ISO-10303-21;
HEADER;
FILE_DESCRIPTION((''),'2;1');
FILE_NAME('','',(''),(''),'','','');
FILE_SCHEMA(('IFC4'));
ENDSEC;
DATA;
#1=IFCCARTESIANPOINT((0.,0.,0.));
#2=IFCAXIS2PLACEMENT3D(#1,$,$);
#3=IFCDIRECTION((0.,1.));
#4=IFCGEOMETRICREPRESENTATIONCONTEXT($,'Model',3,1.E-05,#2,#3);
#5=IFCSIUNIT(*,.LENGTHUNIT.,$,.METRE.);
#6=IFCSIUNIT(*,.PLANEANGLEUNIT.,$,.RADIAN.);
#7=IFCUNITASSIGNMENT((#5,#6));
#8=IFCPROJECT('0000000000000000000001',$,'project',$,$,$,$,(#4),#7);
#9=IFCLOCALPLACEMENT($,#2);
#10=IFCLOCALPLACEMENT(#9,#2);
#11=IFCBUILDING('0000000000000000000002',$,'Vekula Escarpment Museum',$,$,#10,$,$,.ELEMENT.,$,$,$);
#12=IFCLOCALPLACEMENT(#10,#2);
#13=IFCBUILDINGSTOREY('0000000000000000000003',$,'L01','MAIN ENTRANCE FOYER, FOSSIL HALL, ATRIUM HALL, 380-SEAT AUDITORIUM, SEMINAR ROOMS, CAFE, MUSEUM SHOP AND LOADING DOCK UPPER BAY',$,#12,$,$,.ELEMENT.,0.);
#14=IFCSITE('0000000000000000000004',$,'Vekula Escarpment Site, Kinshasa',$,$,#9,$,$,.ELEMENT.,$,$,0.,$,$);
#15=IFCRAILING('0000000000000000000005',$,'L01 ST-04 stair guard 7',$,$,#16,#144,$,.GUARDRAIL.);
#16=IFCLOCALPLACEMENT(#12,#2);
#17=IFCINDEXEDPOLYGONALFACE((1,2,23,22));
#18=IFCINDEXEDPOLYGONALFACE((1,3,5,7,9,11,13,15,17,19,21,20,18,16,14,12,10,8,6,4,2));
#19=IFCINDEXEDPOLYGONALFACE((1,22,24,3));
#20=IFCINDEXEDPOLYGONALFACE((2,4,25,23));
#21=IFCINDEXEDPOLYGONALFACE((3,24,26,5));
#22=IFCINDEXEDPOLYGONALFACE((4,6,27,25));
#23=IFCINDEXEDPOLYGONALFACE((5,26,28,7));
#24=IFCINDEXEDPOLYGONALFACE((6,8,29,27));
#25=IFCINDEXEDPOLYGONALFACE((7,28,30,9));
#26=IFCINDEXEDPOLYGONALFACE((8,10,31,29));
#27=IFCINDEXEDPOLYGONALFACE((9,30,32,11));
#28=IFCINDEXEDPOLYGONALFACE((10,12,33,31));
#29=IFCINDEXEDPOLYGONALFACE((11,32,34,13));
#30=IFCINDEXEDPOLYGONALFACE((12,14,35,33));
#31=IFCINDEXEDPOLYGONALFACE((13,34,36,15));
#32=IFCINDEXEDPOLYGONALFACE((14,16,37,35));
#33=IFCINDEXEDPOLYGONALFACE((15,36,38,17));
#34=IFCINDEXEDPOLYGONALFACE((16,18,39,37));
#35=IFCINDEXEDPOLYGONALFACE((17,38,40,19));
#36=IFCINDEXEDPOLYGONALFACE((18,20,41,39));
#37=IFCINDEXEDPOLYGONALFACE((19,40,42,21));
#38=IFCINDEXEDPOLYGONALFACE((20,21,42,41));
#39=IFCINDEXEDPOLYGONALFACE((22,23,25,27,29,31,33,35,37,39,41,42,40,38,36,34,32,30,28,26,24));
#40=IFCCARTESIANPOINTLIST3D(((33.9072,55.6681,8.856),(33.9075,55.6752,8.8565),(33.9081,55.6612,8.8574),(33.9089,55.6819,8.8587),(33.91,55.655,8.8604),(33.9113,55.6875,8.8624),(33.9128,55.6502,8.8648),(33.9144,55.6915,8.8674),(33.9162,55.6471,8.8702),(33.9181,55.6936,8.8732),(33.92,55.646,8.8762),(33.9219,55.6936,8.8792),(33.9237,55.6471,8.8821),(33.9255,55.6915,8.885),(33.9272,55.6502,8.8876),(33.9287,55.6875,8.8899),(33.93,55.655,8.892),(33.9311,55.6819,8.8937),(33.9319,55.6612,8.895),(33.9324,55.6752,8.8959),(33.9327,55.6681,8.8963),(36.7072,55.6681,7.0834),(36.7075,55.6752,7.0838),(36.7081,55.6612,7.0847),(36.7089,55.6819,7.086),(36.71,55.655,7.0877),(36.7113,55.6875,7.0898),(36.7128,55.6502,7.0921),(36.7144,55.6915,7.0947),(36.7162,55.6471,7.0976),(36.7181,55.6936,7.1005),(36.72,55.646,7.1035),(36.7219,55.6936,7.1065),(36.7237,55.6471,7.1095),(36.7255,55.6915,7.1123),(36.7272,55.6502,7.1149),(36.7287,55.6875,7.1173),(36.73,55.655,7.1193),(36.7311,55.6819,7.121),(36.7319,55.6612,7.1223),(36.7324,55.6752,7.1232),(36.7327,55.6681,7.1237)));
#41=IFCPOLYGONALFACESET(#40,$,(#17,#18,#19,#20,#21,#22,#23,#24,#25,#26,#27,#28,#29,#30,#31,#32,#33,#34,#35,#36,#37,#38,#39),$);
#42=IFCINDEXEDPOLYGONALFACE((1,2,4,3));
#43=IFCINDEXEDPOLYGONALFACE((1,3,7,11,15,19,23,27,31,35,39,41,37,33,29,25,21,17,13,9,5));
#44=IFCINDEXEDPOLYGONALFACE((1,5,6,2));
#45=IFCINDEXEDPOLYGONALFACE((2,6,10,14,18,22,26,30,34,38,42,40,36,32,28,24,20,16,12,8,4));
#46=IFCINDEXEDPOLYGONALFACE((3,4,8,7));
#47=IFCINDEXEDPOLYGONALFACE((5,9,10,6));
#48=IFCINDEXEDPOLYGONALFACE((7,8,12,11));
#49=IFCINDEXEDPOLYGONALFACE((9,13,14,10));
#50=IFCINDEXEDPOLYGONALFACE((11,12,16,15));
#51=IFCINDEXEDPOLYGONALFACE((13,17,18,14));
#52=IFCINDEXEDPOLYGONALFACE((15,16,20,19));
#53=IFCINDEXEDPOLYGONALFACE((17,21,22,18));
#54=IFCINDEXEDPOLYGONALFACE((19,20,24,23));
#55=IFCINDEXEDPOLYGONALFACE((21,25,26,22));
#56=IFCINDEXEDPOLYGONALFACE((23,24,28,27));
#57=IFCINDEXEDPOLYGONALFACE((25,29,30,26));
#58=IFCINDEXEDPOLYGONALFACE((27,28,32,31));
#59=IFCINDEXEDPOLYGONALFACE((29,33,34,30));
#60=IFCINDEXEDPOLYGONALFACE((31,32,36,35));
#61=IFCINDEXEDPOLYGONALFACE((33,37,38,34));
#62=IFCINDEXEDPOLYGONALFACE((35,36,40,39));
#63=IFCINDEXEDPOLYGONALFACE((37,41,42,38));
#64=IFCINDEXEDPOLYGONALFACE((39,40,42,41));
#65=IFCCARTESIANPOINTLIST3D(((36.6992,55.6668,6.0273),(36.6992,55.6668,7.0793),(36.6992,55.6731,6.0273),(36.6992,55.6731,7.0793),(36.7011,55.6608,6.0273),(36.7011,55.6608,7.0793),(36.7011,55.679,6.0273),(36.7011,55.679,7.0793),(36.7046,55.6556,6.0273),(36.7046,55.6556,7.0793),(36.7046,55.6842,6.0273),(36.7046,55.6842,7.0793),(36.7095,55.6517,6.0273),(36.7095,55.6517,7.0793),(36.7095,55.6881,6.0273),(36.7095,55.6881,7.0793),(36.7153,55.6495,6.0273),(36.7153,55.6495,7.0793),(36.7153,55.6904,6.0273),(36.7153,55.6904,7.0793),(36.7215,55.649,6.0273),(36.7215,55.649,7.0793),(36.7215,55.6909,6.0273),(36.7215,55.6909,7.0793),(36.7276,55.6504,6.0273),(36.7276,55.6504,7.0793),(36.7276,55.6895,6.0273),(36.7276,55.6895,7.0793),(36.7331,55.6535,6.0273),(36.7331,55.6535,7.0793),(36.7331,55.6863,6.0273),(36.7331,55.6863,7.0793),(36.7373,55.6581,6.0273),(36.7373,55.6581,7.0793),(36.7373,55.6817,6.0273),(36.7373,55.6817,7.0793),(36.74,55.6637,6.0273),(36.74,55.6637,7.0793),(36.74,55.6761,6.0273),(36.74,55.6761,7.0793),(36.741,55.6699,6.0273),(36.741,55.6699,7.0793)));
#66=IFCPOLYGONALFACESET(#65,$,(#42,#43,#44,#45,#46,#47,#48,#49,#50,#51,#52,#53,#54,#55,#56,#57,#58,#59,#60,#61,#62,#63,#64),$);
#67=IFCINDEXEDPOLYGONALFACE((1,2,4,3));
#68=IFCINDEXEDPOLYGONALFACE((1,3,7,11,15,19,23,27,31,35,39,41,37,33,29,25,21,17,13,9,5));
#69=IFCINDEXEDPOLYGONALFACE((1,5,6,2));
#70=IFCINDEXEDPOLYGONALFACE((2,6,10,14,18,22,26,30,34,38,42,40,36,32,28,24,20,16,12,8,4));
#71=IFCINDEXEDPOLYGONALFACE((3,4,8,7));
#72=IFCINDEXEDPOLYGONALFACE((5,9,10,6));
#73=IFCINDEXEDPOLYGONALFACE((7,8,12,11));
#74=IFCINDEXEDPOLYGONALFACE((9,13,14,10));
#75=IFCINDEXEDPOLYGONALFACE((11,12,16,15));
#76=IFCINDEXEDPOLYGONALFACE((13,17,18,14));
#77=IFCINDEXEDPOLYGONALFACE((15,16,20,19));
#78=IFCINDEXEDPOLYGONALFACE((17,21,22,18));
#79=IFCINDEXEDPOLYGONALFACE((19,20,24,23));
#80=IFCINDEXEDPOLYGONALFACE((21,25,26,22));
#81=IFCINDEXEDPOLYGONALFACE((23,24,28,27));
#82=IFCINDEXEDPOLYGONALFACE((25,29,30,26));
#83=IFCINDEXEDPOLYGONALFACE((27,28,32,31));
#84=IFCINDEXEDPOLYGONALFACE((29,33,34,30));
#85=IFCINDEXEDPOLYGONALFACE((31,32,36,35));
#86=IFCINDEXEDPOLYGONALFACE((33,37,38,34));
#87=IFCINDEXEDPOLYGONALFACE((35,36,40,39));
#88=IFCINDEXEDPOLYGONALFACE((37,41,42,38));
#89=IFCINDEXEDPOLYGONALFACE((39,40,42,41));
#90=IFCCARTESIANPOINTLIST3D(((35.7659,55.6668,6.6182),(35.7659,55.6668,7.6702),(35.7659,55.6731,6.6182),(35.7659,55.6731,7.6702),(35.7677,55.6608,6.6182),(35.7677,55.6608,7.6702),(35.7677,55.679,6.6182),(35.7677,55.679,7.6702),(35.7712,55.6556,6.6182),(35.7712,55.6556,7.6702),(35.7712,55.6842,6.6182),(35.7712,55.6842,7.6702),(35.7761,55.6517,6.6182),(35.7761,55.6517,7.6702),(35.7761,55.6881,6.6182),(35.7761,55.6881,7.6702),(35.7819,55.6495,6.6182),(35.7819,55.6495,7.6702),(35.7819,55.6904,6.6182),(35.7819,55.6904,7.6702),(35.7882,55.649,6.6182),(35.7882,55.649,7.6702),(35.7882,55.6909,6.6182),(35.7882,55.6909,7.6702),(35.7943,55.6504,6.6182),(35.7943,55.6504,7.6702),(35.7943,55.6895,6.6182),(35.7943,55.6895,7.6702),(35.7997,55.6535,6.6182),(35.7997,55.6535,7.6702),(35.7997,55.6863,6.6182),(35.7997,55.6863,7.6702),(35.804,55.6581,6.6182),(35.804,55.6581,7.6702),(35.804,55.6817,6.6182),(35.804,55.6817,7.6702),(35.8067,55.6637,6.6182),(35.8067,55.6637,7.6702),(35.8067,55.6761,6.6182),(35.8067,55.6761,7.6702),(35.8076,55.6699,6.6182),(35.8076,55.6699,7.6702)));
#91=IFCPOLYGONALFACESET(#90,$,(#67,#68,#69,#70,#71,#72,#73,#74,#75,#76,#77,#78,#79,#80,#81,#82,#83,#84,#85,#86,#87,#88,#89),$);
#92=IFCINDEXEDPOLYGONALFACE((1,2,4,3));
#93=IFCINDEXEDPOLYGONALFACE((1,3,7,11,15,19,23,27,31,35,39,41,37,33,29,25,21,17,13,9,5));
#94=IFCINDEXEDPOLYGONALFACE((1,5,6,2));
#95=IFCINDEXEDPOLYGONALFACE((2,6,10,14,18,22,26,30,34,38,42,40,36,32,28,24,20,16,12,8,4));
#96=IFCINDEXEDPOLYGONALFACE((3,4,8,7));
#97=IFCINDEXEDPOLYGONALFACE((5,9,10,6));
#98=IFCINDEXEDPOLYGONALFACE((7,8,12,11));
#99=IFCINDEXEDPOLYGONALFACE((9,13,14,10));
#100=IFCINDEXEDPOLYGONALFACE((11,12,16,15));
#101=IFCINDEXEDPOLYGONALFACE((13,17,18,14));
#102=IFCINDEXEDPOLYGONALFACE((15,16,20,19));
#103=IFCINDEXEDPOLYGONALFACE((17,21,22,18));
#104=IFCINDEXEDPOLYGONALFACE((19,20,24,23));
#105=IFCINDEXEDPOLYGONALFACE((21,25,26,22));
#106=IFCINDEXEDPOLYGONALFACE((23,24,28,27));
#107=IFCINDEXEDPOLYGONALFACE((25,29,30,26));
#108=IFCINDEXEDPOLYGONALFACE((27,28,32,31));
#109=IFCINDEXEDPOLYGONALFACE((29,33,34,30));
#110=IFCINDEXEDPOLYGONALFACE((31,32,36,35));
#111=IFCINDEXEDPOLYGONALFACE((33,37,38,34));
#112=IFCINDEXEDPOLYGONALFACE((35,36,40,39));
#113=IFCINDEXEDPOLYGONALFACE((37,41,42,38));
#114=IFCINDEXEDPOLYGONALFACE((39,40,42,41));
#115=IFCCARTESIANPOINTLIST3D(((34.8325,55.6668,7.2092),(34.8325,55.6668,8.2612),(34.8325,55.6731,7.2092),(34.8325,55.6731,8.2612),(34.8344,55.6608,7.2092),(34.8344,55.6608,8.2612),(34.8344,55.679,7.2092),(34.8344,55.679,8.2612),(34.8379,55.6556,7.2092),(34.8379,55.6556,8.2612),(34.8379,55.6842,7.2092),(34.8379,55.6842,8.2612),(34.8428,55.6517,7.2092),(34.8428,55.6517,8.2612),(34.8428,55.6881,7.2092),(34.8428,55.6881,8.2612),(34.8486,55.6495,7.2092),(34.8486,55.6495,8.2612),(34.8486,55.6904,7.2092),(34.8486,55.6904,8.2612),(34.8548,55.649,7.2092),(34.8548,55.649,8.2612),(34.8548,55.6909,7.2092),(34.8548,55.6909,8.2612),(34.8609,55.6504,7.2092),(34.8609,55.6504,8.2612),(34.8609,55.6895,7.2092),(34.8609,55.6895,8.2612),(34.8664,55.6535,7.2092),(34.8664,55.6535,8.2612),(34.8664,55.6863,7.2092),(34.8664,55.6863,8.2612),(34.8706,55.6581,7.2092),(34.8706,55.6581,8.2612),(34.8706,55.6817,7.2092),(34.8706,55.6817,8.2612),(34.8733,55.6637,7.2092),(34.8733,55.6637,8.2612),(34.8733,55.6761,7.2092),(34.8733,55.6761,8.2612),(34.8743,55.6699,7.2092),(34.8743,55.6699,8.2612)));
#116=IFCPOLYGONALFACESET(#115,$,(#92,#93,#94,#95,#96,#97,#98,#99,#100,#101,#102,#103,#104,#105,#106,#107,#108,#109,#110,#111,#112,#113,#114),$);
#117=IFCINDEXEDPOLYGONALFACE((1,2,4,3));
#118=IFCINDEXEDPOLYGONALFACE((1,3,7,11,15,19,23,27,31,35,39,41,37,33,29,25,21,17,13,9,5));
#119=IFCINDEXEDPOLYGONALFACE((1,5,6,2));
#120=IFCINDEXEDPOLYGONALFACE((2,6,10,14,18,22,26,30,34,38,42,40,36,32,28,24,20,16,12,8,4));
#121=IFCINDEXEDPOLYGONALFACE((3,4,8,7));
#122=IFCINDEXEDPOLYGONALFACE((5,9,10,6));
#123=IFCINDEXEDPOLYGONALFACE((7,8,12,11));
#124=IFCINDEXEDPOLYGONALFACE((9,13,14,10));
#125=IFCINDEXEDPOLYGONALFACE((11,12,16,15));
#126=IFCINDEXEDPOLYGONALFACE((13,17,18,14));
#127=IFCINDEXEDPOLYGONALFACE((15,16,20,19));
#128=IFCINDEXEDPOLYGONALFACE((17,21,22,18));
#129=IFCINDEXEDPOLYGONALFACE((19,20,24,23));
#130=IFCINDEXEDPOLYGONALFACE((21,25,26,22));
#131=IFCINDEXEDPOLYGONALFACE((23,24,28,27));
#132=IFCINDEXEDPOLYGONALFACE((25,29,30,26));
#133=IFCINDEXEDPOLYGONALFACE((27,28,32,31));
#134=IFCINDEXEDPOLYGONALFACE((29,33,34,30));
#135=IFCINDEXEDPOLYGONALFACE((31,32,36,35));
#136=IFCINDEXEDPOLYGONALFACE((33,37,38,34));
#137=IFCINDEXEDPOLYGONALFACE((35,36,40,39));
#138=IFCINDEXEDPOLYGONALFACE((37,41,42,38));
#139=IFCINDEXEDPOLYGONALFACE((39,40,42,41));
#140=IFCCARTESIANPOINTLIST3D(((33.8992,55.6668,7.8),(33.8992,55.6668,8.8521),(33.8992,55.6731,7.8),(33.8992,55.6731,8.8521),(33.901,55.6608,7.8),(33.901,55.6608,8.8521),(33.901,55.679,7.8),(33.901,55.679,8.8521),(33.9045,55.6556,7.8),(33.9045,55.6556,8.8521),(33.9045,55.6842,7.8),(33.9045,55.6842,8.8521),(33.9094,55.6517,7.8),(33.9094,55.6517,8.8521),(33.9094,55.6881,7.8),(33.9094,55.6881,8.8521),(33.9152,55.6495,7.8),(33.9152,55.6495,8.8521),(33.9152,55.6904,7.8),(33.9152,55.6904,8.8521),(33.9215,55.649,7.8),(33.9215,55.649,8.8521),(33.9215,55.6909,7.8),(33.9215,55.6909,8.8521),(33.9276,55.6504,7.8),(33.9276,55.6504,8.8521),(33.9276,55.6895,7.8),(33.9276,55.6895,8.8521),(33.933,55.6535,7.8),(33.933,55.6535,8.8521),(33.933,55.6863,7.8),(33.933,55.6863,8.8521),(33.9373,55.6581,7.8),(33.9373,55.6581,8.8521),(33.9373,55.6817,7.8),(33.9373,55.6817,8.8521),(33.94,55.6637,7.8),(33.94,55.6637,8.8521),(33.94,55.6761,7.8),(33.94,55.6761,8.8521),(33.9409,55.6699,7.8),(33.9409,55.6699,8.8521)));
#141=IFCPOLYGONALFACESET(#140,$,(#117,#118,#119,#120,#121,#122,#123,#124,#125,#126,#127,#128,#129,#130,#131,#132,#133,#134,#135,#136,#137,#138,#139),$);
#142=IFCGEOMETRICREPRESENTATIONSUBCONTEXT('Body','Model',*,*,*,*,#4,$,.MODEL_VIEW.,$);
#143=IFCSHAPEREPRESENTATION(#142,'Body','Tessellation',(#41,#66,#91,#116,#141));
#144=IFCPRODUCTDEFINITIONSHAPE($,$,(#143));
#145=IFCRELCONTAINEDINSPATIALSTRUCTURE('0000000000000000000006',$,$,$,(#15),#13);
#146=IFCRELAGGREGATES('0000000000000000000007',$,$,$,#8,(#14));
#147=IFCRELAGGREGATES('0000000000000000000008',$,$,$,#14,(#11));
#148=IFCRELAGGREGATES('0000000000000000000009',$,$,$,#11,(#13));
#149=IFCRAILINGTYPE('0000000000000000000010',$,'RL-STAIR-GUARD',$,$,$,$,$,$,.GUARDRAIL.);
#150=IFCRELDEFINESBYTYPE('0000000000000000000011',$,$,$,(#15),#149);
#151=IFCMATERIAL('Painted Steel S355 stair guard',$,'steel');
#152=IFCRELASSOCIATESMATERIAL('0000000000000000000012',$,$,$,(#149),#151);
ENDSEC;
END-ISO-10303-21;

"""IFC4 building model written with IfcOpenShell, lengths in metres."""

from ifc_helpers import new_model, si_unit, direction, frame, origin, origin_2d, place, context, subcontext, project, spatial, circle, extrude, material, type_object, element, save


model = new_model("IFC4")

# Units and contexts
model_context = context("Model", 3, precision=1e-05, world=origin(), true_north=direction((0.0, 1.0)))
body_context = subcontext(model_context, "Body", "Model", "MODEL_VIEW")
ifc_project = project(units=[si_unit("LENGTHUNIT", "METRE"), si_unit("PLANEANGLEUNIT", "RADIAN")], contexts=[model_context])

# Site, building, storey
site_placement = place(None, origin())
site = spatial("IfcSite", under=ifc_project, at=site_placement, Name="Vekula Escarpment Site, Kinshasa", CompositionType="ELEMENT", RefElevation=0.0)
building_placement = place(site_placement, origin())
building = spatial("IfcBuilding", under=site, at=building_placement, Name="Vekula Escarpment Museum", CompositionType="ELEMENT")
storey_placement = place(building_placement, origin())
storey = spatial("IfcBuildingStorey", under=building, at=storey_placement, Name="L01", Description="MAIN ENTRANCE FOYER, FOSSIL HALL, ATRIUM HALL, 380-SEAT AUDITORIUM, SEMINAR ROOMS, CAFE, MUSEUM SHOP AND LOADING DOCK UPPER BAY", CompositionType="ELEMENT", Elevation=0.0)

# Railing
ifc_material_1 = material(Name="Painted Steel S355 stair guard", Category="steel")
railing_type_1 = type_object("IfcRailingType", Name="RL-STAIR-GUARD", PredefinedType="GUARDRAIL", material=ifc_material_1)
railing_1_placement = place(storey_placement, frame((36.72, 55.6699, 6.0273)))
element("IfcRailing", 1, at=railing_1_placement, inside=storey, type_object=railing_type_1, Name="L01 ST-04 stair guard 7", PredefinedType="GUARDRAIL", context=body_context, shape_type="SweptSolid", body=[
    extrude(circle(Radius=0.0239, at=origin_2d()), frame((0.0, 0.0, 1.0762), z_axis=(-0.844909, 0.0, 0.53491), x_axis=(0.0, -1.0, 0.0)), (0.0, 0.0, 1.0), 3.314),
    extrude(circle(Radius=0.021, at=origin_2d()), origin(), (0.0, 0.0, 1.0), 1.052),
    extrude(circle(Radius=0.021, at=origin_2d()), frame((-0.9333, 0.0, 0.5908)), (0.0, 0.0, 1.0), 1.052),
    extrude(circle(Radius=0.021, at=origin_2d()), frame((-1.8667, 0.0, 1.1819)), (0.0, 0.0, 1.0), 1.052),
    extrude(circle(Radius=0.021, at=origin_2d()), frame((-2.8, 0.0, 1.7727)), (0.0, 0.0, 1.0), 1.052),
])

save(model, "model.ifc")
